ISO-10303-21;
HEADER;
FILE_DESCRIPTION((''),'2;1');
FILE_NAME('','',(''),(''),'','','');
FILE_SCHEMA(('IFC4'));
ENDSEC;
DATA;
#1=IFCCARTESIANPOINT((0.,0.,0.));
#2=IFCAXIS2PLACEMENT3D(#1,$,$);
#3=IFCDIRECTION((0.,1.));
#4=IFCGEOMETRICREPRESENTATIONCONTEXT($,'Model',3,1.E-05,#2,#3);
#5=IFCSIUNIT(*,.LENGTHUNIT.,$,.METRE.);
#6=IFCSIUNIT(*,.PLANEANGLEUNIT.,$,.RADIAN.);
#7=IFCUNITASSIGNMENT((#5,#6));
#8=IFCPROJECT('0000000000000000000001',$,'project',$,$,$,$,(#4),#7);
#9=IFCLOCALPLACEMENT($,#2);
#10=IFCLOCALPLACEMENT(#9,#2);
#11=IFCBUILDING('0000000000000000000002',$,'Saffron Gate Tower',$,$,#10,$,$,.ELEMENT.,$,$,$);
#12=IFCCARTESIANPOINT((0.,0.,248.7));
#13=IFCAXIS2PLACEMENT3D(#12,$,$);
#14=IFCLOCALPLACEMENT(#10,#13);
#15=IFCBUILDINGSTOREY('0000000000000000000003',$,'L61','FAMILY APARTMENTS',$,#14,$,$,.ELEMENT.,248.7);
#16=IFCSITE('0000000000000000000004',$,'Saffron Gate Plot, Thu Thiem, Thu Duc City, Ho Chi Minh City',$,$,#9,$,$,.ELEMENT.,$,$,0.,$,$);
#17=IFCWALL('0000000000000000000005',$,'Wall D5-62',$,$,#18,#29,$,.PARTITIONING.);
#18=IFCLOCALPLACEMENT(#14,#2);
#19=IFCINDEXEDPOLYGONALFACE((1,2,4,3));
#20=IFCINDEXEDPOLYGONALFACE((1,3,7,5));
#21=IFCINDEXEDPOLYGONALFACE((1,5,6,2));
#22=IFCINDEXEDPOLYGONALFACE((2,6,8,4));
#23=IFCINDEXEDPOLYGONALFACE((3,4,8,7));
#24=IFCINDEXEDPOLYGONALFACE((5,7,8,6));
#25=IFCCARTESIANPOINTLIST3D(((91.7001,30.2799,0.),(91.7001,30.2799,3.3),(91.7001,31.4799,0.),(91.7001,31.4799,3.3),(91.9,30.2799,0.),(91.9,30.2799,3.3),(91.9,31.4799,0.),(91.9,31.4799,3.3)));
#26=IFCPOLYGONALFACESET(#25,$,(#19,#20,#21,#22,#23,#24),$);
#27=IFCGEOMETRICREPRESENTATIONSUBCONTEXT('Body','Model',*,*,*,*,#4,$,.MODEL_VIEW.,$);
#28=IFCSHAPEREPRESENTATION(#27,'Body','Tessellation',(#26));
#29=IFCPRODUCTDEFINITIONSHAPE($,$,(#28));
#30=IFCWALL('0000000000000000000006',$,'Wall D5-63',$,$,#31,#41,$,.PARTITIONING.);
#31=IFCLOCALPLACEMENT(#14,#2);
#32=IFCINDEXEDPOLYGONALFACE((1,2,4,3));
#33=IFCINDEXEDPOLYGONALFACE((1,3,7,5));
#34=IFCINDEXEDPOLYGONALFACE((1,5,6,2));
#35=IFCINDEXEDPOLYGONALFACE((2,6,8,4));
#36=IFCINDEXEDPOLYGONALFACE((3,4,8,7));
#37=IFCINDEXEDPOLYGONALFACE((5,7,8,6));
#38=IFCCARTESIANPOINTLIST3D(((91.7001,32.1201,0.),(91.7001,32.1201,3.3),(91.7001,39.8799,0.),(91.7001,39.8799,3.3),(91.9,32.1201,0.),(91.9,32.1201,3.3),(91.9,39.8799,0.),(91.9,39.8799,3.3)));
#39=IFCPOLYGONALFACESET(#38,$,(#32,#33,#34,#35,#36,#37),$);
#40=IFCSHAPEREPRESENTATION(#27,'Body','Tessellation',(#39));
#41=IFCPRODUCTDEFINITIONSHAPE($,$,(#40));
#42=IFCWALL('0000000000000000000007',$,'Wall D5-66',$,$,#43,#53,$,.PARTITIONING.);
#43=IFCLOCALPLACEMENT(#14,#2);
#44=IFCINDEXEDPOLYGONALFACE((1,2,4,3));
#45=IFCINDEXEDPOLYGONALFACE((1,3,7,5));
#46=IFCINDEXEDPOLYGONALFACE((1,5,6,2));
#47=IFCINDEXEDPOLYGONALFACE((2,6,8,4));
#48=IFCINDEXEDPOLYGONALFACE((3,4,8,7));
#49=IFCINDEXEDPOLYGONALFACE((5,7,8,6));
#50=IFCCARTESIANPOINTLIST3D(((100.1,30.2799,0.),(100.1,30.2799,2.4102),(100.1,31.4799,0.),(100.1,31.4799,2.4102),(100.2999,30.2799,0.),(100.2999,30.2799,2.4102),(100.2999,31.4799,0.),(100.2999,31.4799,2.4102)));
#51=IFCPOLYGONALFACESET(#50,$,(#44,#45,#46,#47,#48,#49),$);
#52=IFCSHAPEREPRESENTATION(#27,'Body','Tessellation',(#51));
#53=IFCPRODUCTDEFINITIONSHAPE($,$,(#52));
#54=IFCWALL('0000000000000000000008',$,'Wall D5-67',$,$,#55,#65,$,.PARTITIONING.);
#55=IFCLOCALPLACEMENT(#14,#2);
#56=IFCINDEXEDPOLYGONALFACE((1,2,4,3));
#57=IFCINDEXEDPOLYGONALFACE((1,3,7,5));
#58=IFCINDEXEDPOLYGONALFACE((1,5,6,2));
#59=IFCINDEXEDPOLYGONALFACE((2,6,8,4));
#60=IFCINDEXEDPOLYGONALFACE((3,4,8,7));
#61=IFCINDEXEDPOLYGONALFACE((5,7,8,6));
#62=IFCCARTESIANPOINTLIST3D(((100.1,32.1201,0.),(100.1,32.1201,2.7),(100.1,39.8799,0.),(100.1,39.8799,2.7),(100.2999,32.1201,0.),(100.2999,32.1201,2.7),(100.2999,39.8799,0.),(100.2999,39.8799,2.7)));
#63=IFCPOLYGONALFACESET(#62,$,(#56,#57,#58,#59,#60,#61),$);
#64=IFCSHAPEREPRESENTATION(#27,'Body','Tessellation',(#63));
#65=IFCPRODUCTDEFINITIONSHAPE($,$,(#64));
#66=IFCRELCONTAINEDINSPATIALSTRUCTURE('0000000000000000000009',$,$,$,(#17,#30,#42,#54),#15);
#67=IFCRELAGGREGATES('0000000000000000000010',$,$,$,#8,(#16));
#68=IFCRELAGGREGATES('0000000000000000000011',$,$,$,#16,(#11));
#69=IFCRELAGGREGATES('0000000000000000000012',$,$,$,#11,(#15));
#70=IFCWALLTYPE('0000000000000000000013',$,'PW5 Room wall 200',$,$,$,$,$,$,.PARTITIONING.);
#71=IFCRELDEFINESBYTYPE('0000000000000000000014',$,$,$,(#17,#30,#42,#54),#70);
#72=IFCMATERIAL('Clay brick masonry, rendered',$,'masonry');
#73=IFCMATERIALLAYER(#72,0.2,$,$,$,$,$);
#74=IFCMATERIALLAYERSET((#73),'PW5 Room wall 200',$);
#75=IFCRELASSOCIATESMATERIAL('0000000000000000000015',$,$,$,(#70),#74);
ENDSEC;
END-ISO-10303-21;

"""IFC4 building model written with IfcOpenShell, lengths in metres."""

from ifc_helpers import new_model, si_unit, direction, frame, frame_2d, origin, place, context, subcontext, project, spatial, rectangle, extrude, material, layer, layer_set, type_object, element, save


model = new_model("IFC4")

# Units and contexts
model_context = context("Model", 3, precision=1e-05, world=origin(), true_north=direction((0.0, 1.0)))
body_context = subcontext(model_context, "Body", "Model", "MODEL_VIEW")
ifc_project = project(units=[si_unit("LENGTHUNIT", "METRE"), si_unit("PLANEANGLEUNIT", "RADIAN")], contexts=[model_context])

# Site, building, storey
site_placement = place(None, origin())
site = spatial("IfcSite", under=ifc_project, at=site_placement, Name="Saffron Gate Plot, Thu Thiem, Thu Duc City, Ho Chi Minh City", CompositionType="ELEMENT", RefElevation=0.0)
building_placement = place(site_placement, origin())
building = spatial("IfcBuilding", under=site, at=building_placement, Name="Saffron Gate Tower", CompositionType="ELEMENT")
storey_placement = place(building_placement, frame((0.0, 0.0, 248.7)))
storey = spatial("IfcBuildingStorey", under=building, at=storey_placement, Name="L61", Description="FAMILY APARTMENTS", CompositionType="ELEMENT", Elevation=248.7)

# Walls
ifc_material_1 = material(Name="Clay brick masonry, rendered", Category="masonry")
ifc_layer_1 = layer(ifc_material_1, 0.2)
ifc_layer_set_1 = layer_set([ifc_layer_1], Name="PW5 Room wall 200")
wall_type = type_object("IfcWallType", Name="PW5 Room wall 200", PredefinedType="PARTITIONING", material=ifc_layer_set_1)
wall_1_placement = place(storey_placement, frame((91.8, 31.48, 0.0), z_axis=(0.0, 0.0, 1.0), x_axis=(0.0, -1.0, 0.0)))
element("IfcWall", 1, at=wall_1_placement, inside=storey, type_object=wall_type, Name="Wall D5-62", PredefinedType="PARTITIONING", context=body_context, shape_type="SweptSolid", body=[
    extrude(rectangle(XDim=1.2, YDim=0.2, at=frame_2d((0.6001, 0.0))), origin(), (0.0, 0.0, 1.0), 3.3),
])
wall_2_placement = place(storey_placement, frame((91.8, 39.8799, 0.0), z_axis=(0.0, 0.0, 1.0), x_axis=(0.0, -1.0, 0.0)))
element("IfcWall", 2, at=wall_2_placement, inside=storey, type_object=wall_type, Name="Wall D5-63", PredefinedType="PARTITIONING", context=body_context, shape_type="SweptSolid", body=[
    extrude(rectangle(XDim=7.7598, YDim=0.2, at=frame_2d((3.8799, 0.0))), origin(), (0.0, 0.0, 1.0), 3.3),
])
wall_3_placement = place(storey_placement, frame((100.2, 31.48, 0.0), z_axis=(0.0, 0.0, 1.0), x_axis=(0.0, -1.0, 0.0)))
element("IfcWall", 3, at=wall_3_placement, inside=storey, type_object=wall_type, Name="Wall D5-66", PredefinedType="PARTITIONING", context=body_context, shape_type="SweptSolid", body=[
    extrude(rectangle(XDim=1.2, YDim=0.2, at=frame_2d((0.6001, 0.0))), origin(), (0.0, 0.0, 1.0), 2.4102),
])
wall_4_placement = place(storey_placement, frame((100.2, 39.8799, 0.0), z_axis=(0.0, 0.0, 1.0), x_axis=(0.0, -1.0, 0.0)))
element("IfcWall", 4, at=wall_4_placement, inside=storey, type_object=wall_type, Name="Wall D5-67", PredefinedType="PARTITIONING", context=body_context, shape_type="SweptSolid", body=[
    extrude(rectangle(XDim=7.7598, YDim=0.2, at=frame_2d((3.8799, 0.0))), origin(), (0.0, 0.0, 1.0), 2.7),
])

save(model, "model.ifc")
